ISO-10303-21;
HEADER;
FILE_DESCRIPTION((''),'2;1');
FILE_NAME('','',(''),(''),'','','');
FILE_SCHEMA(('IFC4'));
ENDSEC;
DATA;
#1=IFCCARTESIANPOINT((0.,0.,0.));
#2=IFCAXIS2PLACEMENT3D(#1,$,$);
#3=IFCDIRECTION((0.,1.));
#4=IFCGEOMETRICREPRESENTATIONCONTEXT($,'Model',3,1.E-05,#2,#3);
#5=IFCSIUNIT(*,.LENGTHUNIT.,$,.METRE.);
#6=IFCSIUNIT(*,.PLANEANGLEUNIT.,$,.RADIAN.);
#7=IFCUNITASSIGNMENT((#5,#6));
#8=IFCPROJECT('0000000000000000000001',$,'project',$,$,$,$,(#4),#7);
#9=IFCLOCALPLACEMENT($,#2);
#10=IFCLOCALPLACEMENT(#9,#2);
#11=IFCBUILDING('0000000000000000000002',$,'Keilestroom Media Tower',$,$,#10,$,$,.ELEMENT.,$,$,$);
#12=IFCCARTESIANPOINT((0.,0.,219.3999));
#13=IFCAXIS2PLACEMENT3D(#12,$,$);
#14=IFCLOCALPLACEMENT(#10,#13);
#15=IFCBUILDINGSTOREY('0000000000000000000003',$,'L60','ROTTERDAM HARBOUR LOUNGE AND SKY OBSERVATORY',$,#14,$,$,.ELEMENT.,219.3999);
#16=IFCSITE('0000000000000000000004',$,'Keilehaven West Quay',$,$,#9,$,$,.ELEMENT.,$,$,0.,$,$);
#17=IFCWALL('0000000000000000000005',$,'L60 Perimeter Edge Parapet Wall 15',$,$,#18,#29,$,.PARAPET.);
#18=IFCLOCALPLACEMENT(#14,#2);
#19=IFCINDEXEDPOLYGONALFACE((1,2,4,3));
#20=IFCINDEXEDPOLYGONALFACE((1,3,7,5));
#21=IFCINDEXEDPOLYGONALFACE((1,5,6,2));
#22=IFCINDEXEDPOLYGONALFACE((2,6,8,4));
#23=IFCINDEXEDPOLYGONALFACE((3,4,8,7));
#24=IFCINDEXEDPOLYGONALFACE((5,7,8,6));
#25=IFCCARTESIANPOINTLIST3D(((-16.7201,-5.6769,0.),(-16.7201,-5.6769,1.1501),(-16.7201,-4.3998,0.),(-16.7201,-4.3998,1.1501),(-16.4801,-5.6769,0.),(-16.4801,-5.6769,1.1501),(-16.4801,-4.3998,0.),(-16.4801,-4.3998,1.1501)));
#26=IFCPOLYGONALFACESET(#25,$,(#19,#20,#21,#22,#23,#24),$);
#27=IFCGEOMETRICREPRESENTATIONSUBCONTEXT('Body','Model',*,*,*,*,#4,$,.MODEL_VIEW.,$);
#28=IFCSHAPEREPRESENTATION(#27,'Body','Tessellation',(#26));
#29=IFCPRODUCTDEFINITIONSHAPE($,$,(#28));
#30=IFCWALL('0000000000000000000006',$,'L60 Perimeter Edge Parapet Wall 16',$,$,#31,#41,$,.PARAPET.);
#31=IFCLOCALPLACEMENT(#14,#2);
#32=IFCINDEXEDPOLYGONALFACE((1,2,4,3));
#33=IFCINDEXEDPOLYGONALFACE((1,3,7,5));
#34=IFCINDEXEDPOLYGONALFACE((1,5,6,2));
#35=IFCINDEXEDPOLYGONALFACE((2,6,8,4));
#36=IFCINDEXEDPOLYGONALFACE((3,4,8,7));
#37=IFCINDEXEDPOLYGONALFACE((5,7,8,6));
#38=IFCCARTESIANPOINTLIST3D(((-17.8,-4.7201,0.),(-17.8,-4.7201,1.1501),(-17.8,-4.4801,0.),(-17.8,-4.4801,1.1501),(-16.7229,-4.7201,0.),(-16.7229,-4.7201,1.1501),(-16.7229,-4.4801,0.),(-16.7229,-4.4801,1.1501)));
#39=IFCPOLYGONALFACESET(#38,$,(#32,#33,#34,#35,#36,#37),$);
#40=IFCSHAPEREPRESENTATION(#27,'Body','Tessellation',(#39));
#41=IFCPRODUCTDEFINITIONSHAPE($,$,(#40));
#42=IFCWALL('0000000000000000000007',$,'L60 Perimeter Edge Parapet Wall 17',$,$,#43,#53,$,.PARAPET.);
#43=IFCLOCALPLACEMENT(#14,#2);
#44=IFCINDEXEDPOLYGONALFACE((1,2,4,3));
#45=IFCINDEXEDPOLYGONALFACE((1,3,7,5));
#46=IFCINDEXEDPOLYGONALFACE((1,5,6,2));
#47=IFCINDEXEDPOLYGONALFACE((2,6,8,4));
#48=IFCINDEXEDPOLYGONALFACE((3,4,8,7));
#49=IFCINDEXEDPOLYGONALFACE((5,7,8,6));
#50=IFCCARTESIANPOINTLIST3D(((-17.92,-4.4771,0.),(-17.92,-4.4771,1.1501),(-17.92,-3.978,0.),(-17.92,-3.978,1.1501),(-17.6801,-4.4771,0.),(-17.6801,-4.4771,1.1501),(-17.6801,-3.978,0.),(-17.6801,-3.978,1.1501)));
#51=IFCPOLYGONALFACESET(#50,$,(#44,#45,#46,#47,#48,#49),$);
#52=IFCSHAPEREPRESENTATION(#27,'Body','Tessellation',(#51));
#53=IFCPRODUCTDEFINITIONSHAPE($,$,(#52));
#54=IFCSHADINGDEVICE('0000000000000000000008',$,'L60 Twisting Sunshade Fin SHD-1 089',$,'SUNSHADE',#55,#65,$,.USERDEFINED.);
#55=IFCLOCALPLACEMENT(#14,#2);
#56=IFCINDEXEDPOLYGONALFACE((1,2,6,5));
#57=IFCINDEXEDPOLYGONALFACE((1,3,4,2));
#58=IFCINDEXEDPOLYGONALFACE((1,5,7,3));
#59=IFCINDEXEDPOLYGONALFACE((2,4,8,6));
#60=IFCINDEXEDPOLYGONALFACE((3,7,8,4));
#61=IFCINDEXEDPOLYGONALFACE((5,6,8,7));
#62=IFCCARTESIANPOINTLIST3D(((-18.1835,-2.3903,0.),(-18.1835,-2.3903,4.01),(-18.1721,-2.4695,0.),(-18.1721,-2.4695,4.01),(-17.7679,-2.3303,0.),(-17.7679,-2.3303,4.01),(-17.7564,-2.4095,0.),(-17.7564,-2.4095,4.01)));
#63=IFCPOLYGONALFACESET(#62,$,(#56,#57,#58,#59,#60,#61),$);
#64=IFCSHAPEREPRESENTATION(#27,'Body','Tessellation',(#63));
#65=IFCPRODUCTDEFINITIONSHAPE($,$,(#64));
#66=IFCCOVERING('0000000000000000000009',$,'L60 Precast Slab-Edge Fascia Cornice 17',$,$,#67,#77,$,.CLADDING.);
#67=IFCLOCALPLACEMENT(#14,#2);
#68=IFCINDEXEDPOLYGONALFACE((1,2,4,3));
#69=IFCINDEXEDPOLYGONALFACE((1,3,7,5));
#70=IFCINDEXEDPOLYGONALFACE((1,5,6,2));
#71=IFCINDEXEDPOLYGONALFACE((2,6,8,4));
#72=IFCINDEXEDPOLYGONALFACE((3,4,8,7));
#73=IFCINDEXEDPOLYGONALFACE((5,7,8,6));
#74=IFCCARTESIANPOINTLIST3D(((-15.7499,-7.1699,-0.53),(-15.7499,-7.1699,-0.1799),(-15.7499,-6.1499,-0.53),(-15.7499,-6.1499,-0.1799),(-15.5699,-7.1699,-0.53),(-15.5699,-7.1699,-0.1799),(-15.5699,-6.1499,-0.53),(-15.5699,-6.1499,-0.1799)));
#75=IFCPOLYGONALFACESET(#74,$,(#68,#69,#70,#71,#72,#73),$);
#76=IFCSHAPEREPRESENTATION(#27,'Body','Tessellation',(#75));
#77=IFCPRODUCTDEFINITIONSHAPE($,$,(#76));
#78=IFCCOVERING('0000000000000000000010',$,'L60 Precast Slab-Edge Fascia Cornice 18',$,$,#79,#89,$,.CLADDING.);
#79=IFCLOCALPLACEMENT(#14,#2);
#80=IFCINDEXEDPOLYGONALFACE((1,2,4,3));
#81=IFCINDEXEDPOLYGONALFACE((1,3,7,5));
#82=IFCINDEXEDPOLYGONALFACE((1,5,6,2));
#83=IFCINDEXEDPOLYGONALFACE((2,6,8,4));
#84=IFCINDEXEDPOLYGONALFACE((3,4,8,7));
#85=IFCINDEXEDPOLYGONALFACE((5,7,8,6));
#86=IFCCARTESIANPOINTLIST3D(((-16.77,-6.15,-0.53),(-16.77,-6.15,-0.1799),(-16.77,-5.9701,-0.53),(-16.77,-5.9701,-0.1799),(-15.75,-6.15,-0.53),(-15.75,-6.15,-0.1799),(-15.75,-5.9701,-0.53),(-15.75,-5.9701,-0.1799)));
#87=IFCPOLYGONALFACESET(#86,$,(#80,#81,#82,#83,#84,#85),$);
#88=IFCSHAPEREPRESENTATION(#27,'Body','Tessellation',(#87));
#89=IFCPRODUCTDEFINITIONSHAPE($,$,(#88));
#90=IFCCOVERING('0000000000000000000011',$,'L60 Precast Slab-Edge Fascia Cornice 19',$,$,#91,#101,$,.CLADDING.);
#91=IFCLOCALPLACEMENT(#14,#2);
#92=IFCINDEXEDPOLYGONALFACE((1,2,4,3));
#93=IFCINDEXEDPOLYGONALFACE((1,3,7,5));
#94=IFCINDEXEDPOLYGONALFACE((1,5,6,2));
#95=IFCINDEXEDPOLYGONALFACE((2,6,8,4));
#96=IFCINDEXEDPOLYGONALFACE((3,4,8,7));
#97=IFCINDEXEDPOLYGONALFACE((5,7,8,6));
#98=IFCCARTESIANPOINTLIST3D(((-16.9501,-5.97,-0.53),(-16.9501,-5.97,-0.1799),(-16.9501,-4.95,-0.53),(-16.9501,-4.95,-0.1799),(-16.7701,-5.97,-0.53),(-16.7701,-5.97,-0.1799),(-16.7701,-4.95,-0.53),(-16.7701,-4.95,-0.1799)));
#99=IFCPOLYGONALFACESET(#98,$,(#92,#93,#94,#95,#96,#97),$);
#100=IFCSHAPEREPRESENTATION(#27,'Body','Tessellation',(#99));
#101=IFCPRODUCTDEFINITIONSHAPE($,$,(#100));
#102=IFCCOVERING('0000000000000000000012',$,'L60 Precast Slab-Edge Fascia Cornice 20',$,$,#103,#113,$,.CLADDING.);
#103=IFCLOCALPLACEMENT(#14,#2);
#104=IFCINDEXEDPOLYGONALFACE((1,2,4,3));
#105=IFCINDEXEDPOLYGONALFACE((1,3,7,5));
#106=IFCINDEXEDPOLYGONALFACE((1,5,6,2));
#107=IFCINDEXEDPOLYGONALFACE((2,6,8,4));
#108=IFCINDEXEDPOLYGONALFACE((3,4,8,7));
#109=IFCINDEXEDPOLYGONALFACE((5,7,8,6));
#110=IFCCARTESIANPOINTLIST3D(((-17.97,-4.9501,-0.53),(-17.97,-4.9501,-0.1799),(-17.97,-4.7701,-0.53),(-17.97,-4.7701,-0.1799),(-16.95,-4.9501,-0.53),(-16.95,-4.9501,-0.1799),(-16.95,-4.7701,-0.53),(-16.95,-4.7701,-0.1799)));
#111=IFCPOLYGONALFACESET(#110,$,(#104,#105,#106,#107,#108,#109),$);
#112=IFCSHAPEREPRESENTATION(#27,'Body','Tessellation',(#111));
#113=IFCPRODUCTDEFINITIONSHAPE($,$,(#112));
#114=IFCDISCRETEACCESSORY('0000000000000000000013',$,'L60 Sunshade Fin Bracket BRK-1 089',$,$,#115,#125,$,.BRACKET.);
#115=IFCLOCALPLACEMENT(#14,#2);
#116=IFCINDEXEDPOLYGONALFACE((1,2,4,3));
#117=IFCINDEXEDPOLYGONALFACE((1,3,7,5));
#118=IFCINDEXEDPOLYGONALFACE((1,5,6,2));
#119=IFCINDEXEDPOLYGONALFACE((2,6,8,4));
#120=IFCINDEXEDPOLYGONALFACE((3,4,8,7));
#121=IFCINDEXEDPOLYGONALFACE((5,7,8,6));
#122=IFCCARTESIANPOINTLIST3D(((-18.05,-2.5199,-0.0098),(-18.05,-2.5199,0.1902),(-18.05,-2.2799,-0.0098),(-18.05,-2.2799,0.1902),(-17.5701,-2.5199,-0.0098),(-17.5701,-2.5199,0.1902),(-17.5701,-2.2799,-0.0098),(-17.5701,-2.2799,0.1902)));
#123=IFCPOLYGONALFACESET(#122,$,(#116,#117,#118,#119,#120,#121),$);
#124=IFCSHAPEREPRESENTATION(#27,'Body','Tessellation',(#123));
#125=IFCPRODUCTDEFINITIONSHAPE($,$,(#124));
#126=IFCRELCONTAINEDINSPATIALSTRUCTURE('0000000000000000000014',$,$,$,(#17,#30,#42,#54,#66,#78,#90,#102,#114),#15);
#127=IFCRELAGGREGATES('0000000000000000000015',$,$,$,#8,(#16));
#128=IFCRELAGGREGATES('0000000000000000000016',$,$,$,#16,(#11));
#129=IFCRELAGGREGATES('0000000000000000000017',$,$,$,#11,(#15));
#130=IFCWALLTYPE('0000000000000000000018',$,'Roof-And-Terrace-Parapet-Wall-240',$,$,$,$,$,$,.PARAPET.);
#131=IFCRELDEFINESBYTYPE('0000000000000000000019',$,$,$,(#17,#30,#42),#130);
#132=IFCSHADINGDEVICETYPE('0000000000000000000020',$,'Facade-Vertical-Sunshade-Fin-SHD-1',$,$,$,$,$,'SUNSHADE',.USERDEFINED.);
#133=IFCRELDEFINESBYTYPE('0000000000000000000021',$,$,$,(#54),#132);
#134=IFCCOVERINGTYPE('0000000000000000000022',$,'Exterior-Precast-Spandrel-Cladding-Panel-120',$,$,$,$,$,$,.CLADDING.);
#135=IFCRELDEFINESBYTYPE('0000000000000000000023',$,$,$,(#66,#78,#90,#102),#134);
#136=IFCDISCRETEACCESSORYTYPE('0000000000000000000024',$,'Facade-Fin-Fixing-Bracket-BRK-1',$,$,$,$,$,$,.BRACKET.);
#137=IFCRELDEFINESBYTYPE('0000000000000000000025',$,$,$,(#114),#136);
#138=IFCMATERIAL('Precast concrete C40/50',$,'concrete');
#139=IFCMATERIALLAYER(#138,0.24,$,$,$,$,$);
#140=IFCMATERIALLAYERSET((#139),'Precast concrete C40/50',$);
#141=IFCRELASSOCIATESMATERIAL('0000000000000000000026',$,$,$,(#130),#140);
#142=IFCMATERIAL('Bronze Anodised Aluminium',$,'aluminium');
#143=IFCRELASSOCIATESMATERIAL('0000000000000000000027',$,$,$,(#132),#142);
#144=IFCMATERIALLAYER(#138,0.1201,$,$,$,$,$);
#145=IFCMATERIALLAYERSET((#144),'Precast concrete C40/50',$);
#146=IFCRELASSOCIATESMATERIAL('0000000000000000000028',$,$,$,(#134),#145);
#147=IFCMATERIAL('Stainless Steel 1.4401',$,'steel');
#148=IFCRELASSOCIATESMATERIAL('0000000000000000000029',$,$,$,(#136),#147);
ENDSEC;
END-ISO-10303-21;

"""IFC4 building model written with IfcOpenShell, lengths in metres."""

from ifc_helpers import new_model, si_unit, direction, frame, frame_2d, origin, origin_2d, place, context, subcontext, project, spatial, rectangle, extrude, source, transform, mapped, material, layer, layer_set, type_object, element, save


model = new_model("IFC4")

# Units and contexts
model_context = context("Model", 3, precision=1e-05, world=origin(), true_north=direction((0.0, 1.0)))
body_context = subcontext(model_context, "Body", "Model", "MODEL_VIEW")
ifc_project = project(units=[si_unit("LENGTHUNIT", "METRE"), si_unit("PLANEANGLEUNIT", "RADIAN")], contexts=[model_context])

# Site, building, storey
site_placement = place(None, origin())
site = spatial("IfcSite", under=ifc_project, at=site_placement, Name="Keilehaven West Quay", CompositionType="ELEMENT", RefElevation=0.0)
building_placement = place(site_placement, origin())
building = spatial("IfcBuilding", under=site, at=building_placement, Name="Keilestroom Media Tower", CompositionType="ELEMENT")
storey_placement = place(building_placement, frame((0.0, 0.0, 219.3999)))
storey = spatial("IfcBuildingStorey", under=building, at=storey_placement, Name="L60", Description="ROTTERDAM HARBOUR LOUNGE AND SKY OBSERVATORY", CompositionType="ELEMENT", Elevation=219.3999)

# Shared definitions
ifc_material_1 = material(Name="Precast concrete C40/50", Category="concrete")

# Walls
ifc_layer_1 = layer(ifc_material_1, 0.24)
ifc_layer_set_1 = layer_set([ifc_layer_1], Name="Precast concrete C40/50")
wall_type = type_object("IfcWallType", Name="Roof-And-Terrace-Parapet-Wall-240", PredefinedType="PARAPET", material=ifc_layer_set_1)
wall_1_placement = place(storey_placement, frame((-16.6001, -5.677, 0.0), z_axis=(0.0, 0.0, 1.0), x_axis=(0.0, 1.0, 0.0)))
element("IfcWall", 1, at=wall_1_placement, inside=storey, type_object=wall_type, Name="L60 Perimeter Edge Parapet Wall 15", PredefinedType="PARAPET", context=body_context, shape_type="SweptSolid", body=[
    extrude(rectangle(XDim=1.2771, YDim=0.24, at=frame_2d((0.6387, 0.0))), origin(), (0.0, 0.0, 1.0), 1.1501),
])
wall_2_placement = place(storey_placement, frame((-16.7229, -4.6001, 0.0), z_axis=(0.0, 0.0, 1.0), x_axis=(-1.0, 0.0, 0.0)))
element("IfcWall", 2, at=wall_2_placement, inside=storey, type_object=wall_type, Name="L60 Perimeter Edge Parapet Wall 16", PredefinedType="PARAPET", context=body_context, shape_type="SweptSolid", body=[
    extrude(rectangle(XDim=1.0771, YDim=0.24, at=frame_2d((0.5386, 0.0))), origin(), (0.0, 0.0, 1.0), 1.1501),
])
wall_3_placement = place(storey_placement, frame((-17.8, -4.4771, 0.0), z_axis=(0.0, 0.0, 1.0), x_axis=(0.0, 1.0, 0.0)))
element("IfcWall", 3, at=wall_3_placement, inside=storey, type_object=wall_type, Name="L60 Perimeter Edge Parapet Wall 17", PredefinedType="PARAPET", context=body_context, shape_type="SweptSolid", body=[
    extrude(rectangle(XDim=0.499, YDim=0.24, at=frame_2d((0.2495, 0.0))), origin(), (0.0, 0.0, 1.0), 1.1501),
])

# Shading device
ifc_material_2 = material(Name="Bronze Anodised Aluminium", Category="aluminium")
shading_device_type = type_object("IfcShadingDeviceType", Name="Facade-Vertical-Sunshade-Fin-SHD-1", ElementType="SUNSHADE", PredefinedType="USERDEFINED", material=ifc_material_2)
shared_shape_1 = source(origin(), body_context, "Body", "SweptSolid", [
    extrude(rectangle(XDim=0.4199, YDim=0.0801, at=origin_2d()), origin(), (0.0, 0.0, 1.0), 4.01),
])
shading_device_placement = place(storey_placement, frame((-17.97, -2.3999, 0.0), z_axis=(0.0, 0.0, 1.0), x_axis=(0.989751, 0.142802, 0.0)))
element("IfcShadingDevice", 4, at=shading_device_placement, inside=storey, type_object=shading_device_type, Name="L60 Twisting Sunshade Fin SHD-1 089", ObjectType="SUNSHADE", PredefinedType="USERDEFINED", context=body_context, shape_type="MappedRepresentation", body=[
    mapped(shared_shape_1, transform((0.0, 0.0, 0.0), x_axis=(1.0, 0.0, 0.0), y_axis=(0.0, 1.0, 0.0), z_axis=(0.0, 0.0, 1.0), scale=1.0)),
])

# Coverings
ifc_layer_2 = layer(ifc_material_1, 0.1201)
ifc_layer_set_2 = layer_set([ifc_layer_2], Name="Precast concrete C40/50")
covering_type = type_object("IfcCoveringType", Name="Exterior-Precast-Spandrel-Cladding-Panel-120", PredefinedType="CLADDING", material=ifc_layer_set_2)
shared_shape_2 = source(origin(), body_context, "Body", "SweptSolid", [
    extrude(rectangle(XDim=1.02, YDim=0.1799, at=origin_2d()), origin(), (0.0, 0.0, 1.0), 0.3501),
])
for number, where, z_axis, x_axis, name in (
    (5, (-15.6599, -6.6599, -0.53), (0.0, 0.0, 1.0), (0.0, 1.0, 0.0), "L60 Precast Slab-Edge Fascia Cornice 17"),
    (6, (-16.26, -6.0601, -0.53), (0.0, 0.0, 1.0), (-1.0, 0.0, 0.0), "L60 Precast Slab-Edge Fascia Cornice 18"),
    (7, (-16.8601, -5.46, -0.53), (0.0, 0.0, 1.0), (0.0, 1.0, 0.0), "L60 Precast Slab-Edge Fascia Cornice 19"),
    (8, (-17.46, -4.8601, -0.53), (0.0, 0.0, 1.0), (-1.0, 0.0, 0.0), "L60 Precast Slab-Edge Fascia Cornice 20"),
):
    element("IfcCovering", number, at=place(storey_placement, frame(where, z_axis=z_axis, x_axis=x_axis)), inside=storey, type_object=covering_type, Name=name, PredefinedType="CLADDING", context=body_context, shape_type="MappedRepresentation", body=[
        mapped(shared_shape_2, transform((0.0, 0.0, 0.0), x_axis=(1.0, 0.0, 0.0), y_axis=(0.0, 1.0, 0.0), z_axis=(0.0, 0.0, 1.0), scale=1.0)),
    ])

# Discrete accessory
ifc_material_3 = material(Name="Stainless Steel 1.4401", Category="steel")
discrete_accessory_type = type_object("IfcDiscreteAccessoryType", Name="Facade-Fin-Fixing-Bracket-BRK-1", PredefinedType="BRACKET", material=ifc_material_3)
shared_shape_3 = source(origin(), body_context, "Body", "SweptSolid", [
    extrude(rectangle(XDim=0.48, YDim=0.24, at=origin_2d()), origin(), (0.0, 0.0, 1.0), 0.2),
])
discrete_accessory_placement = place(storey_placement, frame((-17.8101, -2.3999, -0.0098), z_axis=(0.0, 0.0, 1.0), x_axis=(1.0, 0.0, 0.0)))
element("IfcDiscreteAccessory", 9, at=discrete_accessory_placement, inside=storey, type_object=discrete_accessory_type, Name="L60 Sunshade Fin Bracket BRK-1 089", PredefinedType="BRACKET", context=body_context, shape_type="MappedRepresentation", body=[
    mapped(shared_shape_3, transform((0.0, 0.0, 0.0), x_axis=(1.0, 0.0, 0.0), y_axis=(0.0, 1.0, 0.0), z_axis=(0.0, 0.0, 1.0), scale=1.0)),
])

save(model, "model.ifc")
